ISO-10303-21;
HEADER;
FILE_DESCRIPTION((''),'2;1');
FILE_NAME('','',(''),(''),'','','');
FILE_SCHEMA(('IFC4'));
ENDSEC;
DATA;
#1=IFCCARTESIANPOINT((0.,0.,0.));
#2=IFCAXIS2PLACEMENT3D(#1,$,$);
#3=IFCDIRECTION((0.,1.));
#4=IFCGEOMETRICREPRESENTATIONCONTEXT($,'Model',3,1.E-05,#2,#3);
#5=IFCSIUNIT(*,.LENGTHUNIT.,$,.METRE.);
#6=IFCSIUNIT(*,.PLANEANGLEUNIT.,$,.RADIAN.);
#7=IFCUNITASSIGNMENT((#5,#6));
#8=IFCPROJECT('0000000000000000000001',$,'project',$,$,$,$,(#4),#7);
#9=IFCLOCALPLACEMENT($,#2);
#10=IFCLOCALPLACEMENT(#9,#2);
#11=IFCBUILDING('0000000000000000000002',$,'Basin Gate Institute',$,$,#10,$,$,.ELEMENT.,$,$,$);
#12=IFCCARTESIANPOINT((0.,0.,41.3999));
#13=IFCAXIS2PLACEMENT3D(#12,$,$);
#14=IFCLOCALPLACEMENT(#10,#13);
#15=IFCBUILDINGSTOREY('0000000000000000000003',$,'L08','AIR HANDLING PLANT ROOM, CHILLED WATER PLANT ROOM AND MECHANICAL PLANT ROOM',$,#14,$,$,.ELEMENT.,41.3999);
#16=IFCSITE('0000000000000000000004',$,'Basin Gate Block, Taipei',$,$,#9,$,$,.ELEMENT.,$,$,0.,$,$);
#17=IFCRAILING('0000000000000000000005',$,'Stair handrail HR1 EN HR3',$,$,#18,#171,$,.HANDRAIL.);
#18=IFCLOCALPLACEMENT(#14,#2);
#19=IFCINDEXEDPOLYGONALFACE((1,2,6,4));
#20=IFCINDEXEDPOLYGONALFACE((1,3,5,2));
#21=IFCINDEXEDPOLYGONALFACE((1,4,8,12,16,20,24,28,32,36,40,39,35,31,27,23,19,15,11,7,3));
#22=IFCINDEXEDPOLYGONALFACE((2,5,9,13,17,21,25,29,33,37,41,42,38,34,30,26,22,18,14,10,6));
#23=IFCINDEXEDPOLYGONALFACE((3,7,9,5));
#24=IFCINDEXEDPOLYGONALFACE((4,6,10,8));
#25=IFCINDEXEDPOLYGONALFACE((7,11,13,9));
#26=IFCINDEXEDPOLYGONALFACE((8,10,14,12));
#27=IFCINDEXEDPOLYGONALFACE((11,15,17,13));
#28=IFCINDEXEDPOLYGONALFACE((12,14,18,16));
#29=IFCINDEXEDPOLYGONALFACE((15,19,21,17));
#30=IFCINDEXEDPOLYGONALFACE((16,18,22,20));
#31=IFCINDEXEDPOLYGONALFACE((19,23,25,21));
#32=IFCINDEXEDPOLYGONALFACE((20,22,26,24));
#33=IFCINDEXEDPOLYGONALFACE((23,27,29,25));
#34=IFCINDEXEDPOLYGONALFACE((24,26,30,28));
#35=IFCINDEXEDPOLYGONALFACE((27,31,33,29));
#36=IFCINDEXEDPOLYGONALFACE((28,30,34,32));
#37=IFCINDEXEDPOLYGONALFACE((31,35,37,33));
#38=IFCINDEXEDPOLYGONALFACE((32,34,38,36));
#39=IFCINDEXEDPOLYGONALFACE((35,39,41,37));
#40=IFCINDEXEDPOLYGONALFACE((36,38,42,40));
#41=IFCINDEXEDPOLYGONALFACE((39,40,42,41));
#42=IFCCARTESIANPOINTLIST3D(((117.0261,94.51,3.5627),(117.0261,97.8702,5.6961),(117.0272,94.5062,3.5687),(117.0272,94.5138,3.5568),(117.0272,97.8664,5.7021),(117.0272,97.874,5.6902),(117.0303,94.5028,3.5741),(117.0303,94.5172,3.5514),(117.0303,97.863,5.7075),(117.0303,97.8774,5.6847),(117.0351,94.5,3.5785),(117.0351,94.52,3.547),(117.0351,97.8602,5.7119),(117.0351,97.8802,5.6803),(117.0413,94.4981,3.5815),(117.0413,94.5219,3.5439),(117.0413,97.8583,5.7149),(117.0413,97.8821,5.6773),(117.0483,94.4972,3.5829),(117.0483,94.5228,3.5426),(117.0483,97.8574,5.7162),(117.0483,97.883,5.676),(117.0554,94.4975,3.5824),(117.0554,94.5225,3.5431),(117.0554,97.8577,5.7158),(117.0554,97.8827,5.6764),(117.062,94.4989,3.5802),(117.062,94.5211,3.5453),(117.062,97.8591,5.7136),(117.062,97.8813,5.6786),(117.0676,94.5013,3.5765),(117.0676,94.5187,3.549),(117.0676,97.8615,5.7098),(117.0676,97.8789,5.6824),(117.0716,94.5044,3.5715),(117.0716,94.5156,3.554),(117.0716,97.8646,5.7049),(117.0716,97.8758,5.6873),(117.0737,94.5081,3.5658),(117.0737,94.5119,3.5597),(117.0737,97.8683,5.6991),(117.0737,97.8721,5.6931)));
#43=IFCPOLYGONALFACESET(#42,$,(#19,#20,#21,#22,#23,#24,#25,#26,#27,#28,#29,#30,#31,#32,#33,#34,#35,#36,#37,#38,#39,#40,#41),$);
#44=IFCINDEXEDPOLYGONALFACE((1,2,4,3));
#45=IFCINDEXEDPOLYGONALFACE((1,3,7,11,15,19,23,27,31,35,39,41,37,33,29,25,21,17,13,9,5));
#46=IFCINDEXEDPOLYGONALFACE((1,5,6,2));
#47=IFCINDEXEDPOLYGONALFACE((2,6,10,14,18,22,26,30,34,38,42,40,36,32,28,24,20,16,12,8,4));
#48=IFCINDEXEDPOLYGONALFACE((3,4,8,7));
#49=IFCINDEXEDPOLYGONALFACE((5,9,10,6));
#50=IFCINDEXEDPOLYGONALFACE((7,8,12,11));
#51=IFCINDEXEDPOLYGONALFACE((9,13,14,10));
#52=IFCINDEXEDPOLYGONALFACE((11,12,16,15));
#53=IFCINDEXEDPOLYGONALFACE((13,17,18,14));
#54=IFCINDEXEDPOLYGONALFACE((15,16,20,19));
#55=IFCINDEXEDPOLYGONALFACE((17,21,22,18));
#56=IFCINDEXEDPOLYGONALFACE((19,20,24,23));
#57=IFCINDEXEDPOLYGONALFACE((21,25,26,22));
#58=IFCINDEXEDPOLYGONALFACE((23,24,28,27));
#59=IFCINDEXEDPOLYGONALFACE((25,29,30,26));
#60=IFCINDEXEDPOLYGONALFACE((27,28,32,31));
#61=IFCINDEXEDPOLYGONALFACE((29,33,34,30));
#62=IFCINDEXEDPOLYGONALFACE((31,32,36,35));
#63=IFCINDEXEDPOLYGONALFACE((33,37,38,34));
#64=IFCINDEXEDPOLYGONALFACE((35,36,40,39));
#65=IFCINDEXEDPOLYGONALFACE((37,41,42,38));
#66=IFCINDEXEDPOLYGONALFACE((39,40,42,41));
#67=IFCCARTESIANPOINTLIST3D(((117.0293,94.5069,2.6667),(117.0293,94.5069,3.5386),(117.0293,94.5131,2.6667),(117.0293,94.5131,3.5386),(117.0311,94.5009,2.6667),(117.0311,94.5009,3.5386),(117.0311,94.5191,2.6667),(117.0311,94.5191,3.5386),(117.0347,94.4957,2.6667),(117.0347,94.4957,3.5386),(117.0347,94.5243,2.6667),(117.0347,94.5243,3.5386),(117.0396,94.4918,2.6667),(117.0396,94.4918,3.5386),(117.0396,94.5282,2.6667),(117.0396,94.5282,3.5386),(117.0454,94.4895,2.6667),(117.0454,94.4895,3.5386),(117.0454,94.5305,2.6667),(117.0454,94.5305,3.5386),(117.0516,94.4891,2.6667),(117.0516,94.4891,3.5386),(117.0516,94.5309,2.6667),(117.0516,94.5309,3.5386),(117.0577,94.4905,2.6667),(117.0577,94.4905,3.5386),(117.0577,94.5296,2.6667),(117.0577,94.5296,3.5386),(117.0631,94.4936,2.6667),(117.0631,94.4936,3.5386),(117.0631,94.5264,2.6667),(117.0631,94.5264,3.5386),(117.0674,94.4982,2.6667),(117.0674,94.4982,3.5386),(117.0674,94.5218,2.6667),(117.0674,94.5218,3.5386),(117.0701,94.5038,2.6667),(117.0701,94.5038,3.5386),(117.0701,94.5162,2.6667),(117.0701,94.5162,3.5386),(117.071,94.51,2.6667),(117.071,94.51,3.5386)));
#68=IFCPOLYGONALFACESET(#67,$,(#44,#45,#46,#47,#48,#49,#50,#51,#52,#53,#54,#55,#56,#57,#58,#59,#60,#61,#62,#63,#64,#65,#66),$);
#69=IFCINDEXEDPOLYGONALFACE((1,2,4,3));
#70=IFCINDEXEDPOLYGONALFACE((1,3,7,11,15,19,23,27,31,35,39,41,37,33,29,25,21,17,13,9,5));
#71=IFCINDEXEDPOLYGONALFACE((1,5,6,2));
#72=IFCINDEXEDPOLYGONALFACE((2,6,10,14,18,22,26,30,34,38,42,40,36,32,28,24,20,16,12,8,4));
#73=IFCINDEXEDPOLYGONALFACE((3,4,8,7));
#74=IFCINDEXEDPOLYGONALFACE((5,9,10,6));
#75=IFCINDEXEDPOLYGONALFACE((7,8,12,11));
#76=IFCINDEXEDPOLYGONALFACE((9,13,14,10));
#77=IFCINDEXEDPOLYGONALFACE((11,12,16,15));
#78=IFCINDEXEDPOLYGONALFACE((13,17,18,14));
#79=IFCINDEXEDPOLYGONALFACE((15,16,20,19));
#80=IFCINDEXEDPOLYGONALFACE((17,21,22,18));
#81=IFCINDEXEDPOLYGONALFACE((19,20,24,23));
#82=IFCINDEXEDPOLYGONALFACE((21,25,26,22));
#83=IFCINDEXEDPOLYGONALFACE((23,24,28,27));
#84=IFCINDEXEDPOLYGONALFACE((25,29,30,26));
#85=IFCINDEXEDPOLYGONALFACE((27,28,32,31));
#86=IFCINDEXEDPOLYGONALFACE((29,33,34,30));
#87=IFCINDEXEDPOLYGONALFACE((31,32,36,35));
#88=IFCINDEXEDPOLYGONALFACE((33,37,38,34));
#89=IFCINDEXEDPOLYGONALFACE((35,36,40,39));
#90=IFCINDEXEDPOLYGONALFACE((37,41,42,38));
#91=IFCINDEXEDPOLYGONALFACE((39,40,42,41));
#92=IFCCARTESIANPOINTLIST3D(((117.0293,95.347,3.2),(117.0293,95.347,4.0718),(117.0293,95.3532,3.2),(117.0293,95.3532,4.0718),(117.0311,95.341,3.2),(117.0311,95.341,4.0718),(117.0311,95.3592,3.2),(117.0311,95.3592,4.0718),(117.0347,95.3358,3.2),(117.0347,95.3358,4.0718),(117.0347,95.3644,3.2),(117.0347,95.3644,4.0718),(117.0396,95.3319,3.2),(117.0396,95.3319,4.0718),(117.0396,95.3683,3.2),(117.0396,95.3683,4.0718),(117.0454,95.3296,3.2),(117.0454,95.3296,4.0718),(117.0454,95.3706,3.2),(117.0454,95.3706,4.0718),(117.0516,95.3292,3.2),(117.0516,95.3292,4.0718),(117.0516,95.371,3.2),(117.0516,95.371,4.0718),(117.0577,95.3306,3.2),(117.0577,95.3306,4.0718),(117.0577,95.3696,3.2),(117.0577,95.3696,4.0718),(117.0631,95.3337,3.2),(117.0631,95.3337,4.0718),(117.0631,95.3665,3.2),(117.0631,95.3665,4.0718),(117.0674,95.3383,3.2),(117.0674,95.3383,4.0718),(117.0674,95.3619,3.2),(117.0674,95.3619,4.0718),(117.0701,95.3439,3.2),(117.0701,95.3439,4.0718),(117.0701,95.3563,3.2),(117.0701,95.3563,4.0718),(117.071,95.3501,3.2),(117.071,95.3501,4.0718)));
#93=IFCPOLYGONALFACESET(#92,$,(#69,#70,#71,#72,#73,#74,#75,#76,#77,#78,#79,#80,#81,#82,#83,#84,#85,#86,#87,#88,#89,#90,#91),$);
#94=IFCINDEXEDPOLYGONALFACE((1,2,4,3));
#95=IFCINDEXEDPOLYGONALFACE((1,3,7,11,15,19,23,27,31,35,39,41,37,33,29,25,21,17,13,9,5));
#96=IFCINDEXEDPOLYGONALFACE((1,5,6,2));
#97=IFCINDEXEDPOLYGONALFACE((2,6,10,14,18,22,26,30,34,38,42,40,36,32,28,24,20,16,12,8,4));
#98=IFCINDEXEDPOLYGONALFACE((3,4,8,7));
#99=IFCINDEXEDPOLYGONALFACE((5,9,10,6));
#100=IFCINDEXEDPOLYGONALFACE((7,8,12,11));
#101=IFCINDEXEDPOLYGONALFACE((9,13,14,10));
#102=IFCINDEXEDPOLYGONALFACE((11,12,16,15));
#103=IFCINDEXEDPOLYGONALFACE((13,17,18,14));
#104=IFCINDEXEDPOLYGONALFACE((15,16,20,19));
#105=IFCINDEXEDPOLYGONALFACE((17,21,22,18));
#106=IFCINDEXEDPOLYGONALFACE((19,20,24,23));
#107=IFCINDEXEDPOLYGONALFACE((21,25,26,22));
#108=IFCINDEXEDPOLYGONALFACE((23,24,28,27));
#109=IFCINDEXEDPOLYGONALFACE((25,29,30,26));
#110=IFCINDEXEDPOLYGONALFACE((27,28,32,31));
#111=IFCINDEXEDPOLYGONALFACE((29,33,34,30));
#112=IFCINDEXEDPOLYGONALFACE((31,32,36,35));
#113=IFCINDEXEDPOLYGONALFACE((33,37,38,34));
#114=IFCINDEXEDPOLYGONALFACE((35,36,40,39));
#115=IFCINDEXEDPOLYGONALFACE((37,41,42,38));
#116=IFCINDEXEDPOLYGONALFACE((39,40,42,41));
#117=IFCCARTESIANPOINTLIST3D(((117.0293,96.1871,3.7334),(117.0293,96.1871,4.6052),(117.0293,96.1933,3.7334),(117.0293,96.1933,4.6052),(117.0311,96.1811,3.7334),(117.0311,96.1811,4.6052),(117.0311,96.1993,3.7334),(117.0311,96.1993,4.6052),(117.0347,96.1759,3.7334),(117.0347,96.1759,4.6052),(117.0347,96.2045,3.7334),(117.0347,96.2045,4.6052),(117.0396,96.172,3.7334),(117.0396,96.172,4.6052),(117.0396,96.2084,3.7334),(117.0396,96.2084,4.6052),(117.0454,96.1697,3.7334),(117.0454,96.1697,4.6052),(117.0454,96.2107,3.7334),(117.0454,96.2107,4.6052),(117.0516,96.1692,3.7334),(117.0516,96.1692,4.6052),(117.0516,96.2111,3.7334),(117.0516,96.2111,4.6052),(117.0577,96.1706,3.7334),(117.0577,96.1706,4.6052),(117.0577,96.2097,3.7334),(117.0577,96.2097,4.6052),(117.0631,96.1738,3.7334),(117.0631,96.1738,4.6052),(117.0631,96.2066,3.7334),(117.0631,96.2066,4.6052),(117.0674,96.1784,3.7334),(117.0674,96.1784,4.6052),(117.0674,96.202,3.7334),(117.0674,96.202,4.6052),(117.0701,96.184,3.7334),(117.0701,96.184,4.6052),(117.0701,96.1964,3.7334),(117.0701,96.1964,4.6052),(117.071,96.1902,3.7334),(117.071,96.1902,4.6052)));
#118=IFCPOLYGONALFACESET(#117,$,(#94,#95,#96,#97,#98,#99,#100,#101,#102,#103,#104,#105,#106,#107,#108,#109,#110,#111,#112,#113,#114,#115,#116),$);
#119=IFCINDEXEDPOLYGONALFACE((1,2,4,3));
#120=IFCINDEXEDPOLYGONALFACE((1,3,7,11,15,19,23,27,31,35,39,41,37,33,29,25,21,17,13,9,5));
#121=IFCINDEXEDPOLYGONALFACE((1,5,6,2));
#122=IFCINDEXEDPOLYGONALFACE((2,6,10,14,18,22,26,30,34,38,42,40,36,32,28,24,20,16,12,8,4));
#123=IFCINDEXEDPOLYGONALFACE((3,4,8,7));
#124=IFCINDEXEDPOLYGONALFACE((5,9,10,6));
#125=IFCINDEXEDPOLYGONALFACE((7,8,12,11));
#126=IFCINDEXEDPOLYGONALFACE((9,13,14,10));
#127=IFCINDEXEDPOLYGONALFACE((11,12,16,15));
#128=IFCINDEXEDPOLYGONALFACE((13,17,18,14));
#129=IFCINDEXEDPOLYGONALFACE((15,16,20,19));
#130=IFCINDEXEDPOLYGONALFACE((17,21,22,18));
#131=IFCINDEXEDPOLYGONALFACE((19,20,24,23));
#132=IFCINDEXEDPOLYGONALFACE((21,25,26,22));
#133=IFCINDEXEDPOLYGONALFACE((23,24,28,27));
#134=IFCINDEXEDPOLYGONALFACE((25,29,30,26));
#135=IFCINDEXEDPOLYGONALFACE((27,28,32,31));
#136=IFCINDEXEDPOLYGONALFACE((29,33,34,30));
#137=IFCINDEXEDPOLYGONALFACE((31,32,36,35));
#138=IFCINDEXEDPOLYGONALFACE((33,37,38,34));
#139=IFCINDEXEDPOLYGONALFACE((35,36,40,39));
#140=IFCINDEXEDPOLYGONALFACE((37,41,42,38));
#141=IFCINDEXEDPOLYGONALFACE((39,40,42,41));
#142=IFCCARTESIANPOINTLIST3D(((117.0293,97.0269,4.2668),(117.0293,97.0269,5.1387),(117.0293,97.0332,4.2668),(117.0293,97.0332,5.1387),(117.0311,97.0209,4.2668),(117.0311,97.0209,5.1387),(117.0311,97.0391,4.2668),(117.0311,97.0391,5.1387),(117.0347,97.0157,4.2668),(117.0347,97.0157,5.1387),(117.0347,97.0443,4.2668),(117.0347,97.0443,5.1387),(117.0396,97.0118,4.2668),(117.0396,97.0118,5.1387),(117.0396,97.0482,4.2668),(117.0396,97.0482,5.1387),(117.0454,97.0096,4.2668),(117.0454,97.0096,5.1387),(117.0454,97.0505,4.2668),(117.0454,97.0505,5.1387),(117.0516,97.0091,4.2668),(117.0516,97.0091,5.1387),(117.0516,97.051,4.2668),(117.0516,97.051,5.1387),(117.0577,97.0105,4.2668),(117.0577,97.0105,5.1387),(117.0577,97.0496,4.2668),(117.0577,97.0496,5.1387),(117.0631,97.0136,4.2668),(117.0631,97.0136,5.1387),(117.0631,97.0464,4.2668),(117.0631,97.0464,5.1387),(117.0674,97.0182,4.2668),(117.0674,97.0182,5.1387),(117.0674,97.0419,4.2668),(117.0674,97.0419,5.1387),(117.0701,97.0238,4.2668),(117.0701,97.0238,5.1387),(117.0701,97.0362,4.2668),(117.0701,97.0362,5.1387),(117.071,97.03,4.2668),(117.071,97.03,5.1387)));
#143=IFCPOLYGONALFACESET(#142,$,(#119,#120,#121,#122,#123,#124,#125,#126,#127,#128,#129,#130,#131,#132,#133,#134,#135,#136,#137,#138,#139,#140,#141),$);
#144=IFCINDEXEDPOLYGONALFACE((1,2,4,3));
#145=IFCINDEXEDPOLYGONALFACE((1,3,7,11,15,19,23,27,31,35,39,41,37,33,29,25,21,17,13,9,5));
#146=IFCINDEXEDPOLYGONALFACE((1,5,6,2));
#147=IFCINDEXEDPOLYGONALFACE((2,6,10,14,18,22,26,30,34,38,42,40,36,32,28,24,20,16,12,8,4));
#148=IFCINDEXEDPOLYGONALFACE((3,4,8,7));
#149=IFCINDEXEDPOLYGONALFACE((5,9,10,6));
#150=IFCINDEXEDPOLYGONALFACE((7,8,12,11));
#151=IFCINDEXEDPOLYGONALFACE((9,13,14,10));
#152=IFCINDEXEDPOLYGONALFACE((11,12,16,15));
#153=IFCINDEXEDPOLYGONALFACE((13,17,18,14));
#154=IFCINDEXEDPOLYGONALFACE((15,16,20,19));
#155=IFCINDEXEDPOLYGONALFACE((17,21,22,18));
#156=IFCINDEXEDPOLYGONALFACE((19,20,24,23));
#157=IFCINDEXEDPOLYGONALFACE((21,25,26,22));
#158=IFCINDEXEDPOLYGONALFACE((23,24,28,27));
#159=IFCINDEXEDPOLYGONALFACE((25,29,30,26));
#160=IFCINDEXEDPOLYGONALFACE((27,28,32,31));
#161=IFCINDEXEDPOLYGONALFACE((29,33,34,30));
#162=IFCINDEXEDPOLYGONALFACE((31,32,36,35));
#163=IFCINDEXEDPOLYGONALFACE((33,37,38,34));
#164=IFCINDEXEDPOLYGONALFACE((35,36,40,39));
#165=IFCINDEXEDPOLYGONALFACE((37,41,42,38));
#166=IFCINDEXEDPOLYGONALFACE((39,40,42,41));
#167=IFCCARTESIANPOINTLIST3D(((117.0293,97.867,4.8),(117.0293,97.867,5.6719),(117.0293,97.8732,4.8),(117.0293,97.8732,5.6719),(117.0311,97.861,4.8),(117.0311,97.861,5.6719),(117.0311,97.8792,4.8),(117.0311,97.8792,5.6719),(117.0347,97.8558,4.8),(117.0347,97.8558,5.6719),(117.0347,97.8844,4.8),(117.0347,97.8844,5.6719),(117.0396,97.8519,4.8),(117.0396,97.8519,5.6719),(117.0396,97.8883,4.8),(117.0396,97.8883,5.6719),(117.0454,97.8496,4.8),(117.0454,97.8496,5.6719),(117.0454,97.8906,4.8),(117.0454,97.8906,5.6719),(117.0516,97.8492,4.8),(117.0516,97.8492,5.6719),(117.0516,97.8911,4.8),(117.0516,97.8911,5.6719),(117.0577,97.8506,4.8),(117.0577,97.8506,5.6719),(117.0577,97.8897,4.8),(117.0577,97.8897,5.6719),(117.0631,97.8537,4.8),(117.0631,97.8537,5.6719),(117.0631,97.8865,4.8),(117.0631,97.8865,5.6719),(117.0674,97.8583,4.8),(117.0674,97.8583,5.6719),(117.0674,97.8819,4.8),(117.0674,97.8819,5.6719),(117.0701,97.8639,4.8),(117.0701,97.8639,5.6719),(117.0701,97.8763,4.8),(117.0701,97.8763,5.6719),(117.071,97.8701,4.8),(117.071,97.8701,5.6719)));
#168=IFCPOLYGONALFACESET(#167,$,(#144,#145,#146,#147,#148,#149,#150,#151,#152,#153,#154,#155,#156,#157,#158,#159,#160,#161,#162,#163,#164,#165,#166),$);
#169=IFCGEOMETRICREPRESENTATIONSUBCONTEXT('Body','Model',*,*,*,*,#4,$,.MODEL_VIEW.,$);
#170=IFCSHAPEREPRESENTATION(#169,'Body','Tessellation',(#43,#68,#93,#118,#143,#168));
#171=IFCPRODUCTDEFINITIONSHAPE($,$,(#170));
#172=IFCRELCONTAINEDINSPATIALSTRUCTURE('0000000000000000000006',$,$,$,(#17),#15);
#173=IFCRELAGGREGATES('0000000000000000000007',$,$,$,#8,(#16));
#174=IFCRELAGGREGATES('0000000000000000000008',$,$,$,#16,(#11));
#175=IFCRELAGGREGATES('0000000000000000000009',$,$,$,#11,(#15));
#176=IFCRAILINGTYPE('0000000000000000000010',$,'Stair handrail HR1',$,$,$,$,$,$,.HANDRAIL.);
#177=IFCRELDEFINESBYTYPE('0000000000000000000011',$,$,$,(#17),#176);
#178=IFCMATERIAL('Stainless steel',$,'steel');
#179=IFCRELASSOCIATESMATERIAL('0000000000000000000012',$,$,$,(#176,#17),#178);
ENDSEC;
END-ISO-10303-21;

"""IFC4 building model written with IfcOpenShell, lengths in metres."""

from ifc_helpers import new_model, si_unit, direction, frame, origin, origin_2d, place, context, subcontext, project, spatial, circle, extrude, material, type_object, element, save


model = new_model("IFC4")

# Units and contexts
model_context = context("Model", 3, precision=1e-05, world=origin(), true_north=direction((0.0, 1.0)))
body_context = subcontext(model_context, "Body", "Model", "MODEL_VIEW")
ifc_project = project(units=[si_unit("LENGTHUNIT", "METRE"), si_unit("PLANEANGLEUNIT", "RADIAN")], contexts=[model_context])

# Site, building, storey
site_placement = place(None, origin())
site = spatial("IfcSite", under=ifc_project, at=site_placement, Name="Basin Gate Block, Taipei", CompositionType="ELEMENT", RefElevation=0.0)
building_placement = place(site_placement, origin())
building = spatial("IfcBuilding", under=site, at=building_placement, Name="Basin Gate Institute", CompositionType="ELEMENT")
storey_placement = place(building_placement, frame((0.0, 0.0, 41.3999)))
storey = spatial("IfcBuildingStorey", under=building, at=storey_placement, Name="L08", Description="AIR HANDLING PLANT ROOM, CHILLED WATER PLANT ROOM AND MECHANICAL PLANT ROOM", CompositionType="ELEMENT", Elevation=41.3999)

# Railing
ifc_material_1 = material(Name="Stainless steel", Category="steel")
railing_type_1 = type_object("IfcRailingType", Name="Stair handrail HR1", PredefinedType="HANDRAIL", material=ifc_material_1)
railing_1_placement = place(storey_placement, frame((117.05, 94.51, 2.6667)))
element("IfcRailing", 1, at=railing_1_placement, inside=storey, type_object=railing_type_1, material=ifc_material_1, Name="Stair handrail HR1 EN HR3", PredefinedType="HANDRAIL", context=body_context, shape_type="SweptSolid", body=[
    extrude(circle(Radius=0.0239, at=origin_2d()), frame((0.0, 0.0, 0.896), z_axis=(0.0, 0.844224, 0.53599), x_axis=(-1.0, 0.0, 0.0)), (0.0, 0.0, 1.0), 3.9802),
    extrude(circle(Radius=0.021, at=origin_2d()), origin(), (0.0, 0.0, 1.0), 0.8718),
    extrude(circle(Radius=0.021, at=origin_2d()), frame((0.0, 0.8401, 0.5332)), (0.0, 0.0, 1.0), 0.8718),
    extrude(circle(Radius=0.021, at=origin_2d()), frame((0.0, 1.6802, 1.0667)), (0.0, 0.0, 1.0), 0.8718),
    extrude(circle(Radius=0.021, at=origin_2d()), frame((0.0, 2.52, 1.6001)), (0.0, 0.0, 1.0), 0.8718),
    extrude(circle(Radius=0.021, at=origin_2d()), frame((0.0, 3.3601, 2.1333)), (0.0, 0.0, 1.0), 0.8718),
])

save(model, "model.ifc")
